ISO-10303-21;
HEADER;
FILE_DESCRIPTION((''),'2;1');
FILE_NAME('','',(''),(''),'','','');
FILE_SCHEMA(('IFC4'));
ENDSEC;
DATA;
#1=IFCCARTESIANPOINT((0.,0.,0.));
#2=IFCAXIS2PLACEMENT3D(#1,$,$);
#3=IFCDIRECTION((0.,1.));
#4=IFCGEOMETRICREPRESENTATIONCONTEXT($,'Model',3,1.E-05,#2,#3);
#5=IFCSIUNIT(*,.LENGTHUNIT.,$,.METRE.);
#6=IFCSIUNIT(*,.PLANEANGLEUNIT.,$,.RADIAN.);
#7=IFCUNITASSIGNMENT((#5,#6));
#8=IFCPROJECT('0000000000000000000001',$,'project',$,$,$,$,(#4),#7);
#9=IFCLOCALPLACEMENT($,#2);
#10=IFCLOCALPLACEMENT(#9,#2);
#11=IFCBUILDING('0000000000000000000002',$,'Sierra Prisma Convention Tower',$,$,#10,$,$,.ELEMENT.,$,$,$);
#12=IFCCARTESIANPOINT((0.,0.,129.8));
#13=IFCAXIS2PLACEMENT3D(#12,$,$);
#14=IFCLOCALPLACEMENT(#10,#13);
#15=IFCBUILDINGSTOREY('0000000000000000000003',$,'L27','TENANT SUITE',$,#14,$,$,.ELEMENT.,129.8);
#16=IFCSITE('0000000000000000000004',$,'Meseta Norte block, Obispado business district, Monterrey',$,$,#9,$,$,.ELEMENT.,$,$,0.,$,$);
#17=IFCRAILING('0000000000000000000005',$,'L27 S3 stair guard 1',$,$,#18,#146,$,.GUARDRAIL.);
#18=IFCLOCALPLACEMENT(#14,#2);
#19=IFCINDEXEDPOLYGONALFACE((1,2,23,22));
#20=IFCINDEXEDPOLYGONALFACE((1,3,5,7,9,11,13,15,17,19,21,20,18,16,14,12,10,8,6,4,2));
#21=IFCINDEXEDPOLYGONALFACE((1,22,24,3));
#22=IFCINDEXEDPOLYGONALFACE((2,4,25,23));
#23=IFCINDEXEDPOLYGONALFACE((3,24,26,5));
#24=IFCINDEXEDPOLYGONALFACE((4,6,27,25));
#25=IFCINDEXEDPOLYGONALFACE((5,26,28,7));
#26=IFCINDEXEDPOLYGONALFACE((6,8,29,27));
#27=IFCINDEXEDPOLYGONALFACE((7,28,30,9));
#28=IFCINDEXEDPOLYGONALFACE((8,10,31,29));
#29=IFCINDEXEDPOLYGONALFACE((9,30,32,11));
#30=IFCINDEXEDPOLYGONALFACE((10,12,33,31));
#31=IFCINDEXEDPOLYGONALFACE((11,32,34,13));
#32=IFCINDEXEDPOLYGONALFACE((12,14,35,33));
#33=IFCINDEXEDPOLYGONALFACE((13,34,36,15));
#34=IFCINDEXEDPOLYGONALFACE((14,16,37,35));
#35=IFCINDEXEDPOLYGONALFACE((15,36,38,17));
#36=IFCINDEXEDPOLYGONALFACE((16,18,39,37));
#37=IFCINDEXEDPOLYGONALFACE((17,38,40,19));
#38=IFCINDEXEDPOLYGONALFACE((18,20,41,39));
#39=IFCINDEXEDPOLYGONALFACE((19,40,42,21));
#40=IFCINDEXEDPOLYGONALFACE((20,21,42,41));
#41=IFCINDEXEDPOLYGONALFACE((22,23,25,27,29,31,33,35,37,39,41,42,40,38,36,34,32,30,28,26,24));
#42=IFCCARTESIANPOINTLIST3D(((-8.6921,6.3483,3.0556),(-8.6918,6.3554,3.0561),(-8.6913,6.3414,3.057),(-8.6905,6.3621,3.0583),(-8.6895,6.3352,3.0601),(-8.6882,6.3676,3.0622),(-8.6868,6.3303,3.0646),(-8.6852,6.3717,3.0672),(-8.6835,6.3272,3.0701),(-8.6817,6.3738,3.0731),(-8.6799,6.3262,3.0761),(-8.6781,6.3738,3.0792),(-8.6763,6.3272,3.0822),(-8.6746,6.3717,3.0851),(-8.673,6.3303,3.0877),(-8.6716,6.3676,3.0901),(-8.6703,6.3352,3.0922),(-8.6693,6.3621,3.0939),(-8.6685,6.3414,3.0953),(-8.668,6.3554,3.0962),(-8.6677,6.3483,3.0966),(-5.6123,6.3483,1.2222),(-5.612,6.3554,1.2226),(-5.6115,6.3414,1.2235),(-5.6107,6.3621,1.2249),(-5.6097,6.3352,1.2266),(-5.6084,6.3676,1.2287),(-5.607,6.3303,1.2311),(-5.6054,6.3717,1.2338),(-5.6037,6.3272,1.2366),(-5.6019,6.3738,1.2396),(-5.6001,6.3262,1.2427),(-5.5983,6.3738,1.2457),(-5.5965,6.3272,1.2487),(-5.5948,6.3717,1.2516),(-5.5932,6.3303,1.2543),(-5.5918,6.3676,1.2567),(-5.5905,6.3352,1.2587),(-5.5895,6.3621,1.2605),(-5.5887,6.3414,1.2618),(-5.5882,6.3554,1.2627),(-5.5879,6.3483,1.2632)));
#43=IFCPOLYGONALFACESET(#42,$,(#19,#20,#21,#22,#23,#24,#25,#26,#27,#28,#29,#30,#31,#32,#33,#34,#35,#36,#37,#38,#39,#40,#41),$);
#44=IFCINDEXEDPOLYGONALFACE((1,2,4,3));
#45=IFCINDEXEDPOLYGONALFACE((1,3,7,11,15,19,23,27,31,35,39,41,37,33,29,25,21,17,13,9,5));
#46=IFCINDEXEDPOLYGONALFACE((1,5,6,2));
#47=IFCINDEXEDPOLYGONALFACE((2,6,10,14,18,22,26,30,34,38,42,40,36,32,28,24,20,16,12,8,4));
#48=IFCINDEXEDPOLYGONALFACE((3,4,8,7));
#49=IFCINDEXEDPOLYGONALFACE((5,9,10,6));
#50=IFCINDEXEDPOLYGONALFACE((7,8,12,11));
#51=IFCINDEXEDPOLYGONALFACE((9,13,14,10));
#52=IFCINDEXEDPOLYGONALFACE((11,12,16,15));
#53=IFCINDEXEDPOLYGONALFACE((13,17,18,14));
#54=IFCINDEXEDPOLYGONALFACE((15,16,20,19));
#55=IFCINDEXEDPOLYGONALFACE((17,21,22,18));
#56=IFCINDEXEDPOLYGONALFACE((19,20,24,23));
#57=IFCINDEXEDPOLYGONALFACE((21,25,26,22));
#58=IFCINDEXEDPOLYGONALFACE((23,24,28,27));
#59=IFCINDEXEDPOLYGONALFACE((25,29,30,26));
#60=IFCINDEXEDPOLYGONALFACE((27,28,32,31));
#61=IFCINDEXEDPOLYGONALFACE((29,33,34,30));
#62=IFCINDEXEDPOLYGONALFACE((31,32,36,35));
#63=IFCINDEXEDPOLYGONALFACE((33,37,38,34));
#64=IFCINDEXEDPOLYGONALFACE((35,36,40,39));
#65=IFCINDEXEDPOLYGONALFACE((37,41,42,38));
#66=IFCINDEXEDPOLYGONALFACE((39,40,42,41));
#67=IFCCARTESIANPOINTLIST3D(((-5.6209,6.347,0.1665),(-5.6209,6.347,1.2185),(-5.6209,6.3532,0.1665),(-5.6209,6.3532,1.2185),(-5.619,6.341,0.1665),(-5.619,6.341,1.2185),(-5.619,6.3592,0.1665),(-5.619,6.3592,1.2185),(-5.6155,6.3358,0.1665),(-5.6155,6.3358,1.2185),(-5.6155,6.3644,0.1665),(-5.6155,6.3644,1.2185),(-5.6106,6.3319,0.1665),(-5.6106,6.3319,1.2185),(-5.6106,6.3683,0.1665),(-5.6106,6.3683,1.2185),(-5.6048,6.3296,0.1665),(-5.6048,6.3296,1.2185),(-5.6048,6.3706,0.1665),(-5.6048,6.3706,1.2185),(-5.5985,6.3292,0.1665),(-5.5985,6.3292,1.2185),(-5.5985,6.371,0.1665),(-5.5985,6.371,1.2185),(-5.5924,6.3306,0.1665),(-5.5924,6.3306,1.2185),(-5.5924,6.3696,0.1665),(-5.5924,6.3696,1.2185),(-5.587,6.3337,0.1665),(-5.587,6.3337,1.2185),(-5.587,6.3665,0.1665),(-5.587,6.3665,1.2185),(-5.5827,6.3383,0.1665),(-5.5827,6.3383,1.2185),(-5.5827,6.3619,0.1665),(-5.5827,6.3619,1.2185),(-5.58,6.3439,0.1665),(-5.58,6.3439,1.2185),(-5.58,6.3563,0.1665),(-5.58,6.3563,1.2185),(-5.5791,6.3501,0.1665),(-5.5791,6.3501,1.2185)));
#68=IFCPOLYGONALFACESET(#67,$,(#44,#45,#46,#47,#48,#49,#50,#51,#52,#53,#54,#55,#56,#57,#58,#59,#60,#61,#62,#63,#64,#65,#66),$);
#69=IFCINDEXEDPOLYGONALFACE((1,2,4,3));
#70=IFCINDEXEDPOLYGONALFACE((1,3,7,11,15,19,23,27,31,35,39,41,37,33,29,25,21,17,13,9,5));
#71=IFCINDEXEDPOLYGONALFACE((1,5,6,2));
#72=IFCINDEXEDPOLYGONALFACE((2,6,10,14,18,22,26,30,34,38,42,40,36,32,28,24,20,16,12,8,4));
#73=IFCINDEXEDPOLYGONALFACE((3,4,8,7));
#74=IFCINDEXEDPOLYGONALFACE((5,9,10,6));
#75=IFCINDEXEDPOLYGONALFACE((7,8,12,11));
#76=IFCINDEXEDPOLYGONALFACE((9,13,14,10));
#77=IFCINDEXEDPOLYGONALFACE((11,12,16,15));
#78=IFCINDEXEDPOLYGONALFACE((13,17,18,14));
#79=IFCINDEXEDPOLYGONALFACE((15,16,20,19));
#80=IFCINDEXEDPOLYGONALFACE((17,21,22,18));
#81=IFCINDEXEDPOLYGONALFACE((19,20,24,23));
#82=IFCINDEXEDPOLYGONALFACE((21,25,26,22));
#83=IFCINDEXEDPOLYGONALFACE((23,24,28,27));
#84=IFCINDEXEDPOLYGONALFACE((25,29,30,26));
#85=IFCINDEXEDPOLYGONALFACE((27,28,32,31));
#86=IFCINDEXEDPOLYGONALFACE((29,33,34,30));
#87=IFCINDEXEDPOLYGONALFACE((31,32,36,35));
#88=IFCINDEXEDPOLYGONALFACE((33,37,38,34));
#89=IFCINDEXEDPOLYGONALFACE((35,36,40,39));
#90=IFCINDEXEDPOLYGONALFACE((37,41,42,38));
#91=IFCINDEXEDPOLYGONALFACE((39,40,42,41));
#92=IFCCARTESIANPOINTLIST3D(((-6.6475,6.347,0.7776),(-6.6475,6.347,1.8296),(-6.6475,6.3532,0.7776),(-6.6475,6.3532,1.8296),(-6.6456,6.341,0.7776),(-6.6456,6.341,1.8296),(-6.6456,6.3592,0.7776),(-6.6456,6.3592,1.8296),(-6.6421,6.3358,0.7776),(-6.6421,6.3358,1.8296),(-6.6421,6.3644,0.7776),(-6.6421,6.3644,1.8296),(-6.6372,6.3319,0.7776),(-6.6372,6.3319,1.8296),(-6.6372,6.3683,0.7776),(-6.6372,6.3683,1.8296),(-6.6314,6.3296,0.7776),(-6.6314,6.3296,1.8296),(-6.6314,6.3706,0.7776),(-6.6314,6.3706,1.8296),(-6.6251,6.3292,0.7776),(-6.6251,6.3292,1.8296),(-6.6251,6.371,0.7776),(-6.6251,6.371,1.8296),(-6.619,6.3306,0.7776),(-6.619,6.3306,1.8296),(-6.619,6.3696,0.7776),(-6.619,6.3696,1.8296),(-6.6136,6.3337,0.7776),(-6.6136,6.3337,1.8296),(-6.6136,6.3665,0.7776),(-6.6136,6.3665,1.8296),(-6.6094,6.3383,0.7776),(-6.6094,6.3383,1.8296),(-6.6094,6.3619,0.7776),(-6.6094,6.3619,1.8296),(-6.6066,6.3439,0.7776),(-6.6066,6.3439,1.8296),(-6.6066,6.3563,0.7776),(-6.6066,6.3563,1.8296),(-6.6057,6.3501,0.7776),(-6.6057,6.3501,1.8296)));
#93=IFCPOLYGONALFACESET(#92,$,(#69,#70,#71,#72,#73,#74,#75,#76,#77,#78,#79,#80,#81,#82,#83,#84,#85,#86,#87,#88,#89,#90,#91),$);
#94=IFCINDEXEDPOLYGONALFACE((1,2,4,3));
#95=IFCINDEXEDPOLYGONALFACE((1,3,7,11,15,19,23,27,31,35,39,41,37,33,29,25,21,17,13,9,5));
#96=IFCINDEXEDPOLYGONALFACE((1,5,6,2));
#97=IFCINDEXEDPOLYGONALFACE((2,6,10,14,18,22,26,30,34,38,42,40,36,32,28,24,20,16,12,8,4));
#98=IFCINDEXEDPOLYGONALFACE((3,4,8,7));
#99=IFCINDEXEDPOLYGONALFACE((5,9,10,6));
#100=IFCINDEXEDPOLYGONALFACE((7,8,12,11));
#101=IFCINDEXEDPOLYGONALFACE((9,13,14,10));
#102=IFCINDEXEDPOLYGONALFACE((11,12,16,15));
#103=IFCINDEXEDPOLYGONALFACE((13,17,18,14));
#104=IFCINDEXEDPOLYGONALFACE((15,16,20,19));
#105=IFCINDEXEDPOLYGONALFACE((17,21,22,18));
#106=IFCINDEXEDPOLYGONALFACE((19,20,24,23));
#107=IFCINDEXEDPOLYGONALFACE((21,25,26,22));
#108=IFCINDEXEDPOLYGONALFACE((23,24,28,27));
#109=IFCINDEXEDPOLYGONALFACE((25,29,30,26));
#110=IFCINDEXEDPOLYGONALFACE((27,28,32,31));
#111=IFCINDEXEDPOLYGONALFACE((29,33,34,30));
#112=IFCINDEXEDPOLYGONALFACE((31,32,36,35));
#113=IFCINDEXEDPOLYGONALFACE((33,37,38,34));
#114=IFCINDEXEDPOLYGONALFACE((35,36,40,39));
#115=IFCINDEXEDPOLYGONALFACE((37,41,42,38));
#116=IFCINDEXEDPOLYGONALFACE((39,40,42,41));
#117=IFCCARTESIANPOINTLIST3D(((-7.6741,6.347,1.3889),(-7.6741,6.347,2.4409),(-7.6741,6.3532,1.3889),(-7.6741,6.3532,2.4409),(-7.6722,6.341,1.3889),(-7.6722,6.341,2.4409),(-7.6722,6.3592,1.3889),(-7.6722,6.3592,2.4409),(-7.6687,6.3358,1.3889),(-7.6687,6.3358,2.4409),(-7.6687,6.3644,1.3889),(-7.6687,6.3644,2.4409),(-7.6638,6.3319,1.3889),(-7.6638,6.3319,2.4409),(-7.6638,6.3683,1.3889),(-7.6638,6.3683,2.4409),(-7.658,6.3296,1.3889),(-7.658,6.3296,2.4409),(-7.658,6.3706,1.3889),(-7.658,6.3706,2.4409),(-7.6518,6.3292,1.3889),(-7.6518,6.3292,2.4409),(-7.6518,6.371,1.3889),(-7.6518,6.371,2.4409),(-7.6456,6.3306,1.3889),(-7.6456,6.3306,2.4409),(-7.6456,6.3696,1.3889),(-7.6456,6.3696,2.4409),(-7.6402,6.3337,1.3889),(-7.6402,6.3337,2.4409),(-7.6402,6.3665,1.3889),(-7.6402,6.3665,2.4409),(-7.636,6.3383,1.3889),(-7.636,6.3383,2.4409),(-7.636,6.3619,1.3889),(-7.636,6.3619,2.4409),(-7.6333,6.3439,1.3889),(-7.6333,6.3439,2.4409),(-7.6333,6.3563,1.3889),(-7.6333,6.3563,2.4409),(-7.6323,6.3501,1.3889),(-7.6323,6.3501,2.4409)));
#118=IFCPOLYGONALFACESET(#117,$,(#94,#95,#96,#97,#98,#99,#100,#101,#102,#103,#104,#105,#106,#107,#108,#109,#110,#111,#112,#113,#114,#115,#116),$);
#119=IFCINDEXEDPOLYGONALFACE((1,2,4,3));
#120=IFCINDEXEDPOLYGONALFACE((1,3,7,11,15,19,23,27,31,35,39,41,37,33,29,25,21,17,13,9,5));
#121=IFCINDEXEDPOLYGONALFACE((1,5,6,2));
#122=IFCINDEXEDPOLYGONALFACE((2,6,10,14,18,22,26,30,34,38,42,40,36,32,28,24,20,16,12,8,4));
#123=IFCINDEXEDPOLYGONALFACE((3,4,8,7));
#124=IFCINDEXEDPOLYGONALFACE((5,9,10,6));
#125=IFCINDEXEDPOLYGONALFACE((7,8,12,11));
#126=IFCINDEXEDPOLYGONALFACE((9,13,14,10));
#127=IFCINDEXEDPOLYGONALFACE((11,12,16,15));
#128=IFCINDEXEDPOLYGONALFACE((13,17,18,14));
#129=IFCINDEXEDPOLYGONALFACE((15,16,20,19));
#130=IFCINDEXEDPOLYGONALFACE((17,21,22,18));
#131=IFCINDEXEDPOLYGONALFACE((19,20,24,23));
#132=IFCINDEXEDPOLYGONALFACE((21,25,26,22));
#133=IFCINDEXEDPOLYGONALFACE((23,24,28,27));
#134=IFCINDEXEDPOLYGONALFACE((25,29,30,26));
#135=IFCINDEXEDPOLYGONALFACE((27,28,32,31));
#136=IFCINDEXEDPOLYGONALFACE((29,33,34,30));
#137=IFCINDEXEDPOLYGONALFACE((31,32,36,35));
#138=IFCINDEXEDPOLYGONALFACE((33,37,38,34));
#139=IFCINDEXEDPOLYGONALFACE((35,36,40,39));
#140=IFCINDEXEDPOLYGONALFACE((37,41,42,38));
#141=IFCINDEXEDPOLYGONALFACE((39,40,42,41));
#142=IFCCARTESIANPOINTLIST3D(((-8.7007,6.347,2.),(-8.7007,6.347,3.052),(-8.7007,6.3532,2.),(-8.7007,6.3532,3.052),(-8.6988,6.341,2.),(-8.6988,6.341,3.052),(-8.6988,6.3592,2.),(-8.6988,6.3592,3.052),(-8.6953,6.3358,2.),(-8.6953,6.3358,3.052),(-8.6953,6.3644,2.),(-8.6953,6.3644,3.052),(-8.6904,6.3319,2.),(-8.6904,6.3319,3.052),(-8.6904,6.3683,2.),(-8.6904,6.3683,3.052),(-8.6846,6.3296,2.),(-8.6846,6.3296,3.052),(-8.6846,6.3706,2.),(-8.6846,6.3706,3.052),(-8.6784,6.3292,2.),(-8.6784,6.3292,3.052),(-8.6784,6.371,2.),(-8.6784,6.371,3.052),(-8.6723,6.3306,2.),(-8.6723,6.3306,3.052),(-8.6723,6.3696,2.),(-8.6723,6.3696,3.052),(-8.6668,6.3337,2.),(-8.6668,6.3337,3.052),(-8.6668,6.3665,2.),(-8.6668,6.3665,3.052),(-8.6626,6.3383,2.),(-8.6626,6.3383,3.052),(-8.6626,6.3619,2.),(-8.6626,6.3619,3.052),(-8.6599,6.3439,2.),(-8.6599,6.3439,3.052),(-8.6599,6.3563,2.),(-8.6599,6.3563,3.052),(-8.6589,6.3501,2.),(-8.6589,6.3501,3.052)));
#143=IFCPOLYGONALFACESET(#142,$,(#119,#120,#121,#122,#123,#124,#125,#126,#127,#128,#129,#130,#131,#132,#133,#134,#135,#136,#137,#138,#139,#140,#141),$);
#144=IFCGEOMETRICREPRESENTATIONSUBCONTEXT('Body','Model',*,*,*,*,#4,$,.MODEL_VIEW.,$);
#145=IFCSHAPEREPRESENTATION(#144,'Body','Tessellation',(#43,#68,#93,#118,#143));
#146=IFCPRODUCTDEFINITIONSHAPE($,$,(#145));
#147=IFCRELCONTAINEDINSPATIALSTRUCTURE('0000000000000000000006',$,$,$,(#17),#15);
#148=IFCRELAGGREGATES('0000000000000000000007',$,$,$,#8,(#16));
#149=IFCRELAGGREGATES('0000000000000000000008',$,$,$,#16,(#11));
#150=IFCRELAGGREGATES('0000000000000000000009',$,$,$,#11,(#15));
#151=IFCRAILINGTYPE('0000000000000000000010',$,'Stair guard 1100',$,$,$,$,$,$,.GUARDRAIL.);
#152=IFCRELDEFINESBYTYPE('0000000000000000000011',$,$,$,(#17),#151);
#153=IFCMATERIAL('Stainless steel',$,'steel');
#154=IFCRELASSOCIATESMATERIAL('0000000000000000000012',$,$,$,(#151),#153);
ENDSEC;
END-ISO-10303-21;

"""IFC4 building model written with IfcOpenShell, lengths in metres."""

from ifc_helpers import new_model, si_unit, direction, frame, origin, origin_2d, place, context, subcontext, project, spatial, circle, extrude, material, type_object, element, save


model = new_model("IFC4")

# Units and contexts
model_context = context("Model", 3, precision=1e-05, world=origin(), true_north=direction((0.0, 1.0)))
body_context = subcontext(model_context, "Body", "Model", "MODEL_VIEW")
ifc_project = project(units=[si_unit("LENGTHUNIT", "METRE"), si_unit("PLANEANGLEUNIT", "RADIAN")], contexts=[model_context])

# Site, building, storey
site_placement = place(None, origin())
site = spatial("IfcSite", under=ifc_project, at=site_placement, Name="Meseta Norte block, Obispado business district, Monterrey", CompositionType="ELEMENT", RefElevation=0.0)
building_placement = place(site_placement, origin())
building = spatial("IfcBuilding", under=site, at=building_placement, Name="Sierra Prisma Convention Tower", CompositionType="ELEMENT")
storey_placement = place(building_placement, frame((0.0, 0.0, 129.8)))
storey = spatial("IfcBuildingStorey", under=building, at=storey_placement, Name="L27", Description="TENANT SUITE", CompositionType="ELEMENT", Elevation=129.8)

# Railing
ifc_material_1 = material(Name="Stainless steel", Category="steel")
railing_type_1 = type_object("IfcRailingType", Name="Stair guard 1100", PredefinedType="GUARDRAIL", material=ifc_material_1)
railing_1_placement = place(storey_placement, frame((-5.6001, 6.3501, 0.1665)))
element("IfcRailing", 1, at=railing_1_placement, inside=storey, type_object=railing_type_1, Name="L27 S3 stair guard 1", PredefinedType="GUARDRAIL", context=body_context, shape_type="SweptSolid", body=[
    extrude(circle(Radius=0.0239, at=origin_2d()), frame((0.0, 0.0, 1.0762), z_axis=(-0.859261, 0.0, 0.511538), x_axis=(0.0, -1.0, 0.0)), (0.0, 0.0, 1.0), 3.5842),
    extrude(circle(Radius=0.021, at=origin_2d()), origin(), (0.0, 0.0, 1.0), 1.052),
    extrude(circle(Radius=0.021, at=origin_2d()), frame((-1.0266, 0.0, 0.6111)), (0.0, 0.0, 1.0), 1.052),
    extrude(circle(Radius=0.021, at=origin_2d()), frame((-2.0532, 0.0, 1.2224)), (0.0, 0.0, 1.0), 1.052),
    extrude(circle(Radius=0.021, at=origin_2d()), frame((-3.0798, 0.0, 1.8335)), (0.0, 0.0, 1.0), 1.052),
])

save(model, "model.ifc")
